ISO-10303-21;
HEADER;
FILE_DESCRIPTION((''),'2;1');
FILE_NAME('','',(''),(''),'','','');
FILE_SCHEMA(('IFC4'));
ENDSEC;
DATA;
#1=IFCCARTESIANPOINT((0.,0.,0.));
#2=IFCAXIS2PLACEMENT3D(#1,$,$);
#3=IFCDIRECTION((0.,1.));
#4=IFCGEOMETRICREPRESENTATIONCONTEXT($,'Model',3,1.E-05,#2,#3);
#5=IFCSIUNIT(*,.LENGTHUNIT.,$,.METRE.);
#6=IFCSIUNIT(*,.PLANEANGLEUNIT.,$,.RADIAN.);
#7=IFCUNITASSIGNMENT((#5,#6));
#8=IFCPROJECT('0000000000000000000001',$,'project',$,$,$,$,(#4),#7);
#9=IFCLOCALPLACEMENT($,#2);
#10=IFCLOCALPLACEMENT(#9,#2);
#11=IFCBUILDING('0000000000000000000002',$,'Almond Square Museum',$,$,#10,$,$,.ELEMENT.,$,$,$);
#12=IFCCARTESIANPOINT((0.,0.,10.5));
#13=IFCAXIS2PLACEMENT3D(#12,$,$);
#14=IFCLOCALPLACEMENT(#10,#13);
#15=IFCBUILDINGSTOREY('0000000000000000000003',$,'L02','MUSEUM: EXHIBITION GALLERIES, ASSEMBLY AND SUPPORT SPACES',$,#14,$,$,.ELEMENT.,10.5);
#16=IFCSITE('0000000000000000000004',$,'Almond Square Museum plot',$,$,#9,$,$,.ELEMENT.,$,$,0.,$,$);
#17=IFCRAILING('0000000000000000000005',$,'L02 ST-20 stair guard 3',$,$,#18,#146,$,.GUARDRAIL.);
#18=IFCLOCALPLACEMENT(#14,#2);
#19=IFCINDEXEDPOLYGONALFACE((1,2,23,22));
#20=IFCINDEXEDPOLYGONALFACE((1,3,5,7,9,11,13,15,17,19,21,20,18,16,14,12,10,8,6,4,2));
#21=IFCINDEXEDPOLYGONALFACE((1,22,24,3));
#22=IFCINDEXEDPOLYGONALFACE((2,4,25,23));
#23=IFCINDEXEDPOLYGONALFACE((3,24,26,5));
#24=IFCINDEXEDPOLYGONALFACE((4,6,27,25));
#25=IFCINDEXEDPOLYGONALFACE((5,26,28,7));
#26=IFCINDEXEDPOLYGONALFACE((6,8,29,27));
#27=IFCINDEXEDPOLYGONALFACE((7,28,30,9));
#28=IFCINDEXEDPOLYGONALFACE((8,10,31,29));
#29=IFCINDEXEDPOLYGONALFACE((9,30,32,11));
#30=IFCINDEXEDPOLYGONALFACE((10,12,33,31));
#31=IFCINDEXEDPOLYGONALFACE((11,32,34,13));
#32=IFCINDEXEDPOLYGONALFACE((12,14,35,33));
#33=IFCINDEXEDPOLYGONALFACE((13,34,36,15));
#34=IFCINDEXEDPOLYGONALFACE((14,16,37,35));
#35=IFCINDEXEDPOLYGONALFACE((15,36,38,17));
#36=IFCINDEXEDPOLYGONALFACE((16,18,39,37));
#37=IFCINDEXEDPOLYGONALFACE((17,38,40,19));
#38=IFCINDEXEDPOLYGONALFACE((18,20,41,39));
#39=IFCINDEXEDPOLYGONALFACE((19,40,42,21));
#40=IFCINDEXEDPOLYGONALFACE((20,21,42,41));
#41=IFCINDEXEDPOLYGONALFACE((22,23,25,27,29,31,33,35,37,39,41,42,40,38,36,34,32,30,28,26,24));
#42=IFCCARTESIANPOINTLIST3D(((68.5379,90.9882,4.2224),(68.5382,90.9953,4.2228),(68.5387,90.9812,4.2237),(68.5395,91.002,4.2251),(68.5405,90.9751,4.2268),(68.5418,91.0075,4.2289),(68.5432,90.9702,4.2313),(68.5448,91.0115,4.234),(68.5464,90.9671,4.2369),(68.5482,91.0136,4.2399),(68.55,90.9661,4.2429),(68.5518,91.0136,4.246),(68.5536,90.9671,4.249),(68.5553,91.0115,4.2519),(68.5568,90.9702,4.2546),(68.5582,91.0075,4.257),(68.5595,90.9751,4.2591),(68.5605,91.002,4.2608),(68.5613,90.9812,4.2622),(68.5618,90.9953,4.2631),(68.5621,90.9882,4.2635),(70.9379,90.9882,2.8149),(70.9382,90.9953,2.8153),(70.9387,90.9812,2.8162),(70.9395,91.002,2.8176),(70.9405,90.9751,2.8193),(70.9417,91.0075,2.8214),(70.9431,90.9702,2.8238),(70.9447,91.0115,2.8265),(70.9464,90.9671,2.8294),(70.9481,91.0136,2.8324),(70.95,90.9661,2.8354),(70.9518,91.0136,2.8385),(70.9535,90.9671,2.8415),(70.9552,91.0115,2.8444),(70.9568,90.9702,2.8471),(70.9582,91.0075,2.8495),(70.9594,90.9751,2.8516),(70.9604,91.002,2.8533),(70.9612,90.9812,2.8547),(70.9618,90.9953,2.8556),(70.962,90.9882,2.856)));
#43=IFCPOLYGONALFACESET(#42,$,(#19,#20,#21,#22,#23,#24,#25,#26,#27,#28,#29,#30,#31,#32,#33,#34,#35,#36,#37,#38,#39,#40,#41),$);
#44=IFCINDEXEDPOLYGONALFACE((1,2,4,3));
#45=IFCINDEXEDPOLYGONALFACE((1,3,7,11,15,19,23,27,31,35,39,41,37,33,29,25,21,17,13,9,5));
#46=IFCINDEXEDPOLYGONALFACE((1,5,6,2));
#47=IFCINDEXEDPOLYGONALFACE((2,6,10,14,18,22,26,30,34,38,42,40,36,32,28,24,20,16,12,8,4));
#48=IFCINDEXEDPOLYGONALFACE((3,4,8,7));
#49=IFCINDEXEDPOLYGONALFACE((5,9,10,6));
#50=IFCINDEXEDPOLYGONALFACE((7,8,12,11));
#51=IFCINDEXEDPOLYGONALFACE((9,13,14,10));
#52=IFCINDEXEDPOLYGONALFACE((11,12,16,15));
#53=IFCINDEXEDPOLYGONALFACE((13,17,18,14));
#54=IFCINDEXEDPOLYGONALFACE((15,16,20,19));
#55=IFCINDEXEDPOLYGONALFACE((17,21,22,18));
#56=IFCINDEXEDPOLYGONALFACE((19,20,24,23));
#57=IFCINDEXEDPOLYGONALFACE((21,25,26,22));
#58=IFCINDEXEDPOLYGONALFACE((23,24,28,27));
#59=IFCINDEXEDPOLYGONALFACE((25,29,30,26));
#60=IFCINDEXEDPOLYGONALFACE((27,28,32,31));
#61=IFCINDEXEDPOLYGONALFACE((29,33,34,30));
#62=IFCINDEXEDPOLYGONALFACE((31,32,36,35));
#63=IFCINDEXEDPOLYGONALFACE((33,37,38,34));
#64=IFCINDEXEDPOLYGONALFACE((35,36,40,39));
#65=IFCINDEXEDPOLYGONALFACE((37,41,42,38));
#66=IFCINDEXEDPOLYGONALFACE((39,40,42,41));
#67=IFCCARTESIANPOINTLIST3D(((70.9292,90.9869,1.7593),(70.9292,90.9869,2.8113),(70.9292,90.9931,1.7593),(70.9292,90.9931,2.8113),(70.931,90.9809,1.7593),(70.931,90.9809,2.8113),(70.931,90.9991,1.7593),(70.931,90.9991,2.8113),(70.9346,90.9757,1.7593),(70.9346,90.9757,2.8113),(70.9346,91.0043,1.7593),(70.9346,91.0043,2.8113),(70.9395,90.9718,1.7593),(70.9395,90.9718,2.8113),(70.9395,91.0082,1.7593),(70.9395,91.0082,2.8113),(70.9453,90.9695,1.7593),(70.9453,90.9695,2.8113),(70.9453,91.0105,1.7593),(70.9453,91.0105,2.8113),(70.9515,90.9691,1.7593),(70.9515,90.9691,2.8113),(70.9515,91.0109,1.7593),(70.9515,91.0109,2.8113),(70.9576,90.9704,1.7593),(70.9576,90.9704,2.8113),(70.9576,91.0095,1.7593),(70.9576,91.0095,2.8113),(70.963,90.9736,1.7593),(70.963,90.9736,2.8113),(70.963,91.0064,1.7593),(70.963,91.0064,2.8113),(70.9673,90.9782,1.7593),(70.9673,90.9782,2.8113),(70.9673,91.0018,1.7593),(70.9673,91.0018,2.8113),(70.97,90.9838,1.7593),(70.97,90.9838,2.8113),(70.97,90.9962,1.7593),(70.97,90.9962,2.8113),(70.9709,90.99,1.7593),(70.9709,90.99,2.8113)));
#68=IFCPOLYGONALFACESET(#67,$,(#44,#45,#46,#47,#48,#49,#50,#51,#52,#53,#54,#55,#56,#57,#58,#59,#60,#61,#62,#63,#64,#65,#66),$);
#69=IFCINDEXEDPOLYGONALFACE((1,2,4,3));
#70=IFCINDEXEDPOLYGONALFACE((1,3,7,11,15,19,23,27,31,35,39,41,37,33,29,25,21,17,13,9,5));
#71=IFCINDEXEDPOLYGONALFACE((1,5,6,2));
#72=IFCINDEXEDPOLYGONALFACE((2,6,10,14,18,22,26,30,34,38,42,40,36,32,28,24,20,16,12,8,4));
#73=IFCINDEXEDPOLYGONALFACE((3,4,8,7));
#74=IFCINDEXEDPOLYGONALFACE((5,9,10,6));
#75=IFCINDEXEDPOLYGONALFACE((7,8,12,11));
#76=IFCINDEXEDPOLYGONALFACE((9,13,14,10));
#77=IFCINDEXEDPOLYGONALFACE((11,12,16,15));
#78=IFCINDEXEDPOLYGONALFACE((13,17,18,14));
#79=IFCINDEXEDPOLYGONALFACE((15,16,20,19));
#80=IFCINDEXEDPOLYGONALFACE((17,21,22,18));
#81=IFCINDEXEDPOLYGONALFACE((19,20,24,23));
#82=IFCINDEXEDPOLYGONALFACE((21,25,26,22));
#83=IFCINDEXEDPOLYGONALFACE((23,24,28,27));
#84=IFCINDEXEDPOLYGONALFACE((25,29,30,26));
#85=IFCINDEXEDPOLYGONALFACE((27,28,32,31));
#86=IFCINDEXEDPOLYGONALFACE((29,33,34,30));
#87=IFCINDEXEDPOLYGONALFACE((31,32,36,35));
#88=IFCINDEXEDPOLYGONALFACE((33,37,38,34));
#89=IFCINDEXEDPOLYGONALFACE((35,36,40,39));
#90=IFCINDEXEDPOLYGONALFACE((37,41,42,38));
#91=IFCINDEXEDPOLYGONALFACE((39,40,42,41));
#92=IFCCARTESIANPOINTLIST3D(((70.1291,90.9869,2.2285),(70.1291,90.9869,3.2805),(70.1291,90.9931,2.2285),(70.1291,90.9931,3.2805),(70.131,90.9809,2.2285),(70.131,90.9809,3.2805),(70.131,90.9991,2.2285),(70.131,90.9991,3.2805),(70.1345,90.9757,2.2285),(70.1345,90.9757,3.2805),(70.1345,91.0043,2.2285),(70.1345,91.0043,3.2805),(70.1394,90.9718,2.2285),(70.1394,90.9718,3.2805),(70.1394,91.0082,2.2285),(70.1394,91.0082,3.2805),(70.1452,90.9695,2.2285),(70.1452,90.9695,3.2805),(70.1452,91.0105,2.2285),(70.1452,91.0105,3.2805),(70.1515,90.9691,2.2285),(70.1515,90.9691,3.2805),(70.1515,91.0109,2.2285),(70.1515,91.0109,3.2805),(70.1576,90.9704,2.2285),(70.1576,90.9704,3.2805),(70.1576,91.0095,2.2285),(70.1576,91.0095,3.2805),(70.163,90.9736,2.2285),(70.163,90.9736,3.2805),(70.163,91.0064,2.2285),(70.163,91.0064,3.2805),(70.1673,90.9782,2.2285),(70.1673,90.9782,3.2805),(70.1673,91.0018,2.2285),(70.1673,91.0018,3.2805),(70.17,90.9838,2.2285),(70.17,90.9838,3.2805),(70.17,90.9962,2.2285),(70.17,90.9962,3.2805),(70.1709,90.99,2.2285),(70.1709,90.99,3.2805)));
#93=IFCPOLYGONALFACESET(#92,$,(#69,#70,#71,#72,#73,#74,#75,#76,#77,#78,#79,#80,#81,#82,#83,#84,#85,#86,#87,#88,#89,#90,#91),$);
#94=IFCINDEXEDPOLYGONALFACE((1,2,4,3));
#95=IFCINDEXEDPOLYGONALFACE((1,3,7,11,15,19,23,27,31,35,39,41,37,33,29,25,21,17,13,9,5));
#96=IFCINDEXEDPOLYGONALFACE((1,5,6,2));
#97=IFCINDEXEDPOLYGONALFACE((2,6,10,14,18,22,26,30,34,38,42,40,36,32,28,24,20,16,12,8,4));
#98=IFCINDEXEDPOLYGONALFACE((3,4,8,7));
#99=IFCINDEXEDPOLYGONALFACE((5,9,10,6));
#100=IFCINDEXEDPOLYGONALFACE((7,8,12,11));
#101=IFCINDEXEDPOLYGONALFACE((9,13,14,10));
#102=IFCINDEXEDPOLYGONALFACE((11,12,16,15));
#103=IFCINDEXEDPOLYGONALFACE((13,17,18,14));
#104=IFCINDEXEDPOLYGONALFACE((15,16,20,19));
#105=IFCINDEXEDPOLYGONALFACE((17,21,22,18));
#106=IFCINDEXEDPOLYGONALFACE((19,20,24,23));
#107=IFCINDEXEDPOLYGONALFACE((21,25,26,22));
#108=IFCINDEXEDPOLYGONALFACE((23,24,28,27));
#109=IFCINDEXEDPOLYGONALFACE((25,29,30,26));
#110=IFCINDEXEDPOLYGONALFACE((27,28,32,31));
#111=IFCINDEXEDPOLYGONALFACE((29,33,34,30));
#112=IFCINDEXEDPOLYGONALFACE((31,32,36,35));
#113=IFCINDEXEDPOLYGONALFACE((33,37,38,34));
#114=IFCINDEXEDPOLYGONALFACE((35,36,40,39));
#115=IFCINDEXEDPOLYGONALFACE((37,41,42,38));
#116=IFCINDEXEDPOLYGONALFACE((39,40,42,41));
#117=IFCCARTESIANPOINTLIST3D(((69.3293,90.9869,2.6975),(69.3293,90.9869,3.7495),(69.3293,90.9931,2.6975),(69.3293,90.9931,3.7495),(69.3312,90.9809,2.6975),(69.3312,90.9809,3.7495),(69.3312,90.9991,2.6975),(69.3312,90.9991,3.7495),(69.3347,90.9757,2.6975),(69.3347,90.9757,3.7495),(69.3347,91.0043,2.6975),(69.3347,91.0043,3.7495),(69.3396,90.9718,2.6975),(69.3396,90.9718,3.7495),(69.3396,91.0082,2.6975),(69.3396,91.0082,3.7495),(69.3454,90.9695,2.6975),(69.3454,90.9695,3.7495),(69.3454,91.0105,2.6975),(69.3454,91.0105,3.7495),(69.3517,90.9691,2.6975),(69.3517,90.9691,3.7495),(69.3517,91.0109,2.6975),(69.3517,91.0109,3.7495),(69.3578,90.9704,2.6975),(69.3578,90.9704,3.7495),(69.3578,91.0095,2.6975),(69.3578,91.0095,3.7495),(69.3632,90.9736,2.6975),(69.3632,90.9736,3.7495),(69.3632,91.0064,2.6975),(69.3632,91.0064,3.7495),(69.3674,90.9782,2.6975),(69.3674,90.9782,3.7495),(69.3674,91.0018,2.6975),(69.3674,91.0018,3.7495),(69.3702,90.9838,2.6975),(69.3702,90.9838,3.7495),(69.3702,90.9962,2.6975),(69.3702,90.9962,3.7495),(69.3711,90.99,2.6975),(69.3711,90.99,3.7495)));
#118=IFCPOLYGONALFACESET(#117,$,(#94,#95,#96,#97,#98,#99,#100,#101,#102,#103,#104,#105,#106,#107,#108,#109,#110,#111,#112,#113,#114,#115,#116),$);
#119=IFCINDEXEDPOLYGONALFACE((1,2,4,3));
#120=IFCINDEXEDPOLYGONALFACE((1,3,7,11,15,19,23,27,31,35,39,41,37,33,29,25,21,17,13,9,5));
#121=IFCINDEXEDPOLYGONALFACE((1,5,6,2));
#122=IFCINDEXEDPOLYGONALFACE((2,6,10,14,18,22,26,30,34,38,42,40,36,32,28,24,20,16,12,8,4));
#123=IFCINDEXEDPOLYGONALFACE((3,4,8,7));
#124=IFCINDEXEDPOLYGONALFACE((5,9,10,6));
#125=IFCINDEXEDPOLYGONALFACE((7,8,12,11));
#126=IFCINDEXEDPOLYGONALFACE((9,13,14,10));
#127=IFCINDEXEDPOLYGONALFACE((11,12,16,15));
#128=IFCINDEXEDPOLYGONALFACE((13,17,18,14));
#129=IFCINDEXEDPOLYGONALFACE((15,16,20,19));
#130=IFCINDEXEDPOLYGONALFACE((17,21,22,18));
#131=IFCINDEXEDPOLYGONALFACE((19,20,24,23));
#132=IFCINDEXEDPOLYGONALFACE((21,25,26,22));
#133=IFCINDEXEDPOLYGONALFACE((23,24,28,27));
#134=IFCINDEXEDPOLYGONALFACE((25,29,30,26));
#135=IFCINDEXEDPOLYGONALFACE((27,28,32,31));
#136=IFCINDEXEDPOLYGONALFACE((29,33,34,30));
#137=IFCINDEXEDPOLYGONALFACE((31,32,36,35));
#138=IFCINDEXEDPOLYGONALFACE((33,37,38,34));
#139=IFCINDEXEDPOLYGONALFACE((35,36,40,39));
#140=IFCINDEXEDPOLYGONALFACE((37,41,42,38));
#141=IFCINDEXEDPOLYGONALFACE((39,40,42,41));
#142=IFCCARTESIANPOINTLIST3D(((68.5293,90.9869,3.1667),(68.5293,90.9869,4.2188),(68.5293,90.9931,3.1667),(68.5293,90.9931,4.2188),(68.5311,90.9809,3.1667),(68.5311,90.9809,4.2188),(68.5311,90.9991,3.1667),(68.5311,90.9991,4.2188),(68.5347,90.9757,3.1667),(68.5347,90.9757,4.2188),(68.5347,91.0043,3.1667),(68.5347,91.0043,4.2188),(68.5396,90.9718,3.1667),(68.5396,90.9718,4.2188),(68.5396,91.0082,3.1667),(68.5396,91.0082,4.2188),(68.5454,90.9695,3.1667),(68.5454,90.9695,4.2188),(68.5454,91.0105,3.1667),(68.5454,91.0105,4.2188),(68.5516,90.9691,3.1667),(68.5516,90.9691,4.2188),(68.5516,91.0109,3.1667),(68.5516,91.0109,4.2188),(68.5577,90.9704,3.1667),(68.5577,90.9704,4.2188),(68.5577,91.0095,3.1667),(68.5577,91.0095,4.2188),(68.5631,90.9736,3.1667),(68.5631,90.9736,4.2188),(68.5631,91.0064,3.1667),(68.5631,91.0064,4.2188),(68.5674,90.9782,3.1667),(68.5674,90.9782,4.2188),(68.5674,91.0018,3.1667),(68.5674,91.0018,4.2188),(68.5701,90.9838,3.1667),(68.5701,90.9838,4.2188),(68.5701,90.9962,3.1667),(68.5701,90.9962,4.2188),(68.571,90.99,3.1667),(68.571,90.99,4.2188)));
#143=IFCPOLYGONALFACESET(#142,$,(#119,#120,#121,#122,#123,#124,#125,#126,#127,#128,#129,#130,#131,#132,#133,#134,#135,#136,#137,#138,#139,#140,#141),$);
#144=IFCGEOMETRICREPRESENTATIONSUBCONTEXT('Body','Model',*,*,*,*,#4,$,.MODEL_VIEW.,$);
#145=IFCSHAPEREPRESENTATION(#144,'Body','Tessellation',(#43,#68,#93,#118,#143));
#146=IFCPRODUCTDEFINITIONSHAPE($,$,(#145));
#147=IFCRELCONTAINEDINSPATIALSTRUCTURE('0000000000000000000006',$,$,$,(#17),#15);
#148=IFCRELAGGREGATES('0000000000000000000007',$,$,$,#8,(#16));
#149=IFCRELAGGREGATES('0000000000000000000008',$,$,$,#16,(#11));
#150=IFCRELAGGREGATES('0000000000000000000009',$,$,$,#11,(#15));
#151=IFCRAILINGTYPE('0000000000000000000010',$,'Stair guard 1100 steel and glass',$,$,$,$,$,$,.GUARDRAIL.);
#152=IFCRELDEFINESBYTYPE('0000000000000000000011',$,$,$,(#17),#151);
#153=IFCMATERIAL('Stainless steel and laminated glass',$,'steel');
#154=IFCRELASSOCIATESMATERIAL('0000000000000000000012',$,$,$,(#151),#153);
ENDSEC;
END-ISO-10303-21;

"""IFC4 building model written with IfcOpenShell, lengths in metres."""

from ifc_helpers import new_model, si_unit, direction, frame, origin, origin_2d, place, context, subcontext, project, spatial, circle, extrude, material, type_object, element, save


model = new_model("IFC4")

# Units and contexts
model_context = context("Model", 3, precision=1e-05, world=origin(), true_north=direction((0.0, 1.0)))
body_context = subcontext(model_context, "Body", "Model", "MODEL_VIEW")
ifc_project = project(units=[si_unit("LENGTHUNIT", "METRE"), si_unit("PLANEANGLEUNIT", "RADIAN")], contexts=[model_context])

# Site, building, storey
site_placement = place(None, origin())
site = spatial("IfcSite", under=ifc_project, at=site_placement, Name="Almond Square Museum plot", CompositionType="ELEMENT", RefElevation=0.0)
building_placement = place(site_placement, origin())
building = spatial("IfcBuilding", under=site, at=building_placement, Name="Almond Square Museum", CompositionType="ELEMENT")
storey_placement = place(building_placement, frame((0.0, 0.0, 10.5)))
storey = spatial("IfcBuildingStorey", under=building, at=storey_placement, Name="L02", Description="MUSEUM: EXHIBITION GALLERIES, ASSEMBLY AND SUPPORT SPACES", CompositionType="ELEMENT", Elevation=10.5)

# Railing
ifc_material_1 = material(Name="Stainless steel and laminated glass", Category="steel")
railing_type_1 = type_object("IfcRailingType", Name="Stair guard 1100 steel and glass", PredefinedType="GUARDRAIL", material=ifc_material_1)
railing_1_placement = place(storey_placement, frame((70.95, 90.99, 1.7593)))
element("IfcRailing", 1, at=railing_1_placement, inside=storey, type_object=railing_type_1, Name="L02 ST-20 stair guard 3", PredefinedType="GUARDRAIL", context=body_context, shape_type="SweptSolid", body=[
    extrude(circle(Radius=0.0239, at=origin_2d()), frame((0.0, 0.0, 1.0762), z_axis=(-0.862599, 0.0, 0.505888), x_axis=(0.0, -1.0, 0.0)), (0.0, 0.0, 1.0), 2.7822),
    extrude(circle(Radius=0.021, at=origin_2d()), origin(), (0.0, 0.0, 1.0), 1.052),
    extrude(circle(Radius=0.021, at=origin_2d()), frame((-0.8, 0.0, 0.4692)), (0.0, 0.0, 1.0), 1.052),
    extrude(circle(Radius=0.021, at=origin_2d()), frame((-1.5999, 0.0, 0.9382)), (0.0, 0.0, 1.0), 1.052),
    extrude(circle(Radius=0.021, at=origin_2d()), frame((-2.3999, 0.0, 1.4075)), (0.0, 0.0, 1.0), 1.052),
])

save(model, "model.ifc")
